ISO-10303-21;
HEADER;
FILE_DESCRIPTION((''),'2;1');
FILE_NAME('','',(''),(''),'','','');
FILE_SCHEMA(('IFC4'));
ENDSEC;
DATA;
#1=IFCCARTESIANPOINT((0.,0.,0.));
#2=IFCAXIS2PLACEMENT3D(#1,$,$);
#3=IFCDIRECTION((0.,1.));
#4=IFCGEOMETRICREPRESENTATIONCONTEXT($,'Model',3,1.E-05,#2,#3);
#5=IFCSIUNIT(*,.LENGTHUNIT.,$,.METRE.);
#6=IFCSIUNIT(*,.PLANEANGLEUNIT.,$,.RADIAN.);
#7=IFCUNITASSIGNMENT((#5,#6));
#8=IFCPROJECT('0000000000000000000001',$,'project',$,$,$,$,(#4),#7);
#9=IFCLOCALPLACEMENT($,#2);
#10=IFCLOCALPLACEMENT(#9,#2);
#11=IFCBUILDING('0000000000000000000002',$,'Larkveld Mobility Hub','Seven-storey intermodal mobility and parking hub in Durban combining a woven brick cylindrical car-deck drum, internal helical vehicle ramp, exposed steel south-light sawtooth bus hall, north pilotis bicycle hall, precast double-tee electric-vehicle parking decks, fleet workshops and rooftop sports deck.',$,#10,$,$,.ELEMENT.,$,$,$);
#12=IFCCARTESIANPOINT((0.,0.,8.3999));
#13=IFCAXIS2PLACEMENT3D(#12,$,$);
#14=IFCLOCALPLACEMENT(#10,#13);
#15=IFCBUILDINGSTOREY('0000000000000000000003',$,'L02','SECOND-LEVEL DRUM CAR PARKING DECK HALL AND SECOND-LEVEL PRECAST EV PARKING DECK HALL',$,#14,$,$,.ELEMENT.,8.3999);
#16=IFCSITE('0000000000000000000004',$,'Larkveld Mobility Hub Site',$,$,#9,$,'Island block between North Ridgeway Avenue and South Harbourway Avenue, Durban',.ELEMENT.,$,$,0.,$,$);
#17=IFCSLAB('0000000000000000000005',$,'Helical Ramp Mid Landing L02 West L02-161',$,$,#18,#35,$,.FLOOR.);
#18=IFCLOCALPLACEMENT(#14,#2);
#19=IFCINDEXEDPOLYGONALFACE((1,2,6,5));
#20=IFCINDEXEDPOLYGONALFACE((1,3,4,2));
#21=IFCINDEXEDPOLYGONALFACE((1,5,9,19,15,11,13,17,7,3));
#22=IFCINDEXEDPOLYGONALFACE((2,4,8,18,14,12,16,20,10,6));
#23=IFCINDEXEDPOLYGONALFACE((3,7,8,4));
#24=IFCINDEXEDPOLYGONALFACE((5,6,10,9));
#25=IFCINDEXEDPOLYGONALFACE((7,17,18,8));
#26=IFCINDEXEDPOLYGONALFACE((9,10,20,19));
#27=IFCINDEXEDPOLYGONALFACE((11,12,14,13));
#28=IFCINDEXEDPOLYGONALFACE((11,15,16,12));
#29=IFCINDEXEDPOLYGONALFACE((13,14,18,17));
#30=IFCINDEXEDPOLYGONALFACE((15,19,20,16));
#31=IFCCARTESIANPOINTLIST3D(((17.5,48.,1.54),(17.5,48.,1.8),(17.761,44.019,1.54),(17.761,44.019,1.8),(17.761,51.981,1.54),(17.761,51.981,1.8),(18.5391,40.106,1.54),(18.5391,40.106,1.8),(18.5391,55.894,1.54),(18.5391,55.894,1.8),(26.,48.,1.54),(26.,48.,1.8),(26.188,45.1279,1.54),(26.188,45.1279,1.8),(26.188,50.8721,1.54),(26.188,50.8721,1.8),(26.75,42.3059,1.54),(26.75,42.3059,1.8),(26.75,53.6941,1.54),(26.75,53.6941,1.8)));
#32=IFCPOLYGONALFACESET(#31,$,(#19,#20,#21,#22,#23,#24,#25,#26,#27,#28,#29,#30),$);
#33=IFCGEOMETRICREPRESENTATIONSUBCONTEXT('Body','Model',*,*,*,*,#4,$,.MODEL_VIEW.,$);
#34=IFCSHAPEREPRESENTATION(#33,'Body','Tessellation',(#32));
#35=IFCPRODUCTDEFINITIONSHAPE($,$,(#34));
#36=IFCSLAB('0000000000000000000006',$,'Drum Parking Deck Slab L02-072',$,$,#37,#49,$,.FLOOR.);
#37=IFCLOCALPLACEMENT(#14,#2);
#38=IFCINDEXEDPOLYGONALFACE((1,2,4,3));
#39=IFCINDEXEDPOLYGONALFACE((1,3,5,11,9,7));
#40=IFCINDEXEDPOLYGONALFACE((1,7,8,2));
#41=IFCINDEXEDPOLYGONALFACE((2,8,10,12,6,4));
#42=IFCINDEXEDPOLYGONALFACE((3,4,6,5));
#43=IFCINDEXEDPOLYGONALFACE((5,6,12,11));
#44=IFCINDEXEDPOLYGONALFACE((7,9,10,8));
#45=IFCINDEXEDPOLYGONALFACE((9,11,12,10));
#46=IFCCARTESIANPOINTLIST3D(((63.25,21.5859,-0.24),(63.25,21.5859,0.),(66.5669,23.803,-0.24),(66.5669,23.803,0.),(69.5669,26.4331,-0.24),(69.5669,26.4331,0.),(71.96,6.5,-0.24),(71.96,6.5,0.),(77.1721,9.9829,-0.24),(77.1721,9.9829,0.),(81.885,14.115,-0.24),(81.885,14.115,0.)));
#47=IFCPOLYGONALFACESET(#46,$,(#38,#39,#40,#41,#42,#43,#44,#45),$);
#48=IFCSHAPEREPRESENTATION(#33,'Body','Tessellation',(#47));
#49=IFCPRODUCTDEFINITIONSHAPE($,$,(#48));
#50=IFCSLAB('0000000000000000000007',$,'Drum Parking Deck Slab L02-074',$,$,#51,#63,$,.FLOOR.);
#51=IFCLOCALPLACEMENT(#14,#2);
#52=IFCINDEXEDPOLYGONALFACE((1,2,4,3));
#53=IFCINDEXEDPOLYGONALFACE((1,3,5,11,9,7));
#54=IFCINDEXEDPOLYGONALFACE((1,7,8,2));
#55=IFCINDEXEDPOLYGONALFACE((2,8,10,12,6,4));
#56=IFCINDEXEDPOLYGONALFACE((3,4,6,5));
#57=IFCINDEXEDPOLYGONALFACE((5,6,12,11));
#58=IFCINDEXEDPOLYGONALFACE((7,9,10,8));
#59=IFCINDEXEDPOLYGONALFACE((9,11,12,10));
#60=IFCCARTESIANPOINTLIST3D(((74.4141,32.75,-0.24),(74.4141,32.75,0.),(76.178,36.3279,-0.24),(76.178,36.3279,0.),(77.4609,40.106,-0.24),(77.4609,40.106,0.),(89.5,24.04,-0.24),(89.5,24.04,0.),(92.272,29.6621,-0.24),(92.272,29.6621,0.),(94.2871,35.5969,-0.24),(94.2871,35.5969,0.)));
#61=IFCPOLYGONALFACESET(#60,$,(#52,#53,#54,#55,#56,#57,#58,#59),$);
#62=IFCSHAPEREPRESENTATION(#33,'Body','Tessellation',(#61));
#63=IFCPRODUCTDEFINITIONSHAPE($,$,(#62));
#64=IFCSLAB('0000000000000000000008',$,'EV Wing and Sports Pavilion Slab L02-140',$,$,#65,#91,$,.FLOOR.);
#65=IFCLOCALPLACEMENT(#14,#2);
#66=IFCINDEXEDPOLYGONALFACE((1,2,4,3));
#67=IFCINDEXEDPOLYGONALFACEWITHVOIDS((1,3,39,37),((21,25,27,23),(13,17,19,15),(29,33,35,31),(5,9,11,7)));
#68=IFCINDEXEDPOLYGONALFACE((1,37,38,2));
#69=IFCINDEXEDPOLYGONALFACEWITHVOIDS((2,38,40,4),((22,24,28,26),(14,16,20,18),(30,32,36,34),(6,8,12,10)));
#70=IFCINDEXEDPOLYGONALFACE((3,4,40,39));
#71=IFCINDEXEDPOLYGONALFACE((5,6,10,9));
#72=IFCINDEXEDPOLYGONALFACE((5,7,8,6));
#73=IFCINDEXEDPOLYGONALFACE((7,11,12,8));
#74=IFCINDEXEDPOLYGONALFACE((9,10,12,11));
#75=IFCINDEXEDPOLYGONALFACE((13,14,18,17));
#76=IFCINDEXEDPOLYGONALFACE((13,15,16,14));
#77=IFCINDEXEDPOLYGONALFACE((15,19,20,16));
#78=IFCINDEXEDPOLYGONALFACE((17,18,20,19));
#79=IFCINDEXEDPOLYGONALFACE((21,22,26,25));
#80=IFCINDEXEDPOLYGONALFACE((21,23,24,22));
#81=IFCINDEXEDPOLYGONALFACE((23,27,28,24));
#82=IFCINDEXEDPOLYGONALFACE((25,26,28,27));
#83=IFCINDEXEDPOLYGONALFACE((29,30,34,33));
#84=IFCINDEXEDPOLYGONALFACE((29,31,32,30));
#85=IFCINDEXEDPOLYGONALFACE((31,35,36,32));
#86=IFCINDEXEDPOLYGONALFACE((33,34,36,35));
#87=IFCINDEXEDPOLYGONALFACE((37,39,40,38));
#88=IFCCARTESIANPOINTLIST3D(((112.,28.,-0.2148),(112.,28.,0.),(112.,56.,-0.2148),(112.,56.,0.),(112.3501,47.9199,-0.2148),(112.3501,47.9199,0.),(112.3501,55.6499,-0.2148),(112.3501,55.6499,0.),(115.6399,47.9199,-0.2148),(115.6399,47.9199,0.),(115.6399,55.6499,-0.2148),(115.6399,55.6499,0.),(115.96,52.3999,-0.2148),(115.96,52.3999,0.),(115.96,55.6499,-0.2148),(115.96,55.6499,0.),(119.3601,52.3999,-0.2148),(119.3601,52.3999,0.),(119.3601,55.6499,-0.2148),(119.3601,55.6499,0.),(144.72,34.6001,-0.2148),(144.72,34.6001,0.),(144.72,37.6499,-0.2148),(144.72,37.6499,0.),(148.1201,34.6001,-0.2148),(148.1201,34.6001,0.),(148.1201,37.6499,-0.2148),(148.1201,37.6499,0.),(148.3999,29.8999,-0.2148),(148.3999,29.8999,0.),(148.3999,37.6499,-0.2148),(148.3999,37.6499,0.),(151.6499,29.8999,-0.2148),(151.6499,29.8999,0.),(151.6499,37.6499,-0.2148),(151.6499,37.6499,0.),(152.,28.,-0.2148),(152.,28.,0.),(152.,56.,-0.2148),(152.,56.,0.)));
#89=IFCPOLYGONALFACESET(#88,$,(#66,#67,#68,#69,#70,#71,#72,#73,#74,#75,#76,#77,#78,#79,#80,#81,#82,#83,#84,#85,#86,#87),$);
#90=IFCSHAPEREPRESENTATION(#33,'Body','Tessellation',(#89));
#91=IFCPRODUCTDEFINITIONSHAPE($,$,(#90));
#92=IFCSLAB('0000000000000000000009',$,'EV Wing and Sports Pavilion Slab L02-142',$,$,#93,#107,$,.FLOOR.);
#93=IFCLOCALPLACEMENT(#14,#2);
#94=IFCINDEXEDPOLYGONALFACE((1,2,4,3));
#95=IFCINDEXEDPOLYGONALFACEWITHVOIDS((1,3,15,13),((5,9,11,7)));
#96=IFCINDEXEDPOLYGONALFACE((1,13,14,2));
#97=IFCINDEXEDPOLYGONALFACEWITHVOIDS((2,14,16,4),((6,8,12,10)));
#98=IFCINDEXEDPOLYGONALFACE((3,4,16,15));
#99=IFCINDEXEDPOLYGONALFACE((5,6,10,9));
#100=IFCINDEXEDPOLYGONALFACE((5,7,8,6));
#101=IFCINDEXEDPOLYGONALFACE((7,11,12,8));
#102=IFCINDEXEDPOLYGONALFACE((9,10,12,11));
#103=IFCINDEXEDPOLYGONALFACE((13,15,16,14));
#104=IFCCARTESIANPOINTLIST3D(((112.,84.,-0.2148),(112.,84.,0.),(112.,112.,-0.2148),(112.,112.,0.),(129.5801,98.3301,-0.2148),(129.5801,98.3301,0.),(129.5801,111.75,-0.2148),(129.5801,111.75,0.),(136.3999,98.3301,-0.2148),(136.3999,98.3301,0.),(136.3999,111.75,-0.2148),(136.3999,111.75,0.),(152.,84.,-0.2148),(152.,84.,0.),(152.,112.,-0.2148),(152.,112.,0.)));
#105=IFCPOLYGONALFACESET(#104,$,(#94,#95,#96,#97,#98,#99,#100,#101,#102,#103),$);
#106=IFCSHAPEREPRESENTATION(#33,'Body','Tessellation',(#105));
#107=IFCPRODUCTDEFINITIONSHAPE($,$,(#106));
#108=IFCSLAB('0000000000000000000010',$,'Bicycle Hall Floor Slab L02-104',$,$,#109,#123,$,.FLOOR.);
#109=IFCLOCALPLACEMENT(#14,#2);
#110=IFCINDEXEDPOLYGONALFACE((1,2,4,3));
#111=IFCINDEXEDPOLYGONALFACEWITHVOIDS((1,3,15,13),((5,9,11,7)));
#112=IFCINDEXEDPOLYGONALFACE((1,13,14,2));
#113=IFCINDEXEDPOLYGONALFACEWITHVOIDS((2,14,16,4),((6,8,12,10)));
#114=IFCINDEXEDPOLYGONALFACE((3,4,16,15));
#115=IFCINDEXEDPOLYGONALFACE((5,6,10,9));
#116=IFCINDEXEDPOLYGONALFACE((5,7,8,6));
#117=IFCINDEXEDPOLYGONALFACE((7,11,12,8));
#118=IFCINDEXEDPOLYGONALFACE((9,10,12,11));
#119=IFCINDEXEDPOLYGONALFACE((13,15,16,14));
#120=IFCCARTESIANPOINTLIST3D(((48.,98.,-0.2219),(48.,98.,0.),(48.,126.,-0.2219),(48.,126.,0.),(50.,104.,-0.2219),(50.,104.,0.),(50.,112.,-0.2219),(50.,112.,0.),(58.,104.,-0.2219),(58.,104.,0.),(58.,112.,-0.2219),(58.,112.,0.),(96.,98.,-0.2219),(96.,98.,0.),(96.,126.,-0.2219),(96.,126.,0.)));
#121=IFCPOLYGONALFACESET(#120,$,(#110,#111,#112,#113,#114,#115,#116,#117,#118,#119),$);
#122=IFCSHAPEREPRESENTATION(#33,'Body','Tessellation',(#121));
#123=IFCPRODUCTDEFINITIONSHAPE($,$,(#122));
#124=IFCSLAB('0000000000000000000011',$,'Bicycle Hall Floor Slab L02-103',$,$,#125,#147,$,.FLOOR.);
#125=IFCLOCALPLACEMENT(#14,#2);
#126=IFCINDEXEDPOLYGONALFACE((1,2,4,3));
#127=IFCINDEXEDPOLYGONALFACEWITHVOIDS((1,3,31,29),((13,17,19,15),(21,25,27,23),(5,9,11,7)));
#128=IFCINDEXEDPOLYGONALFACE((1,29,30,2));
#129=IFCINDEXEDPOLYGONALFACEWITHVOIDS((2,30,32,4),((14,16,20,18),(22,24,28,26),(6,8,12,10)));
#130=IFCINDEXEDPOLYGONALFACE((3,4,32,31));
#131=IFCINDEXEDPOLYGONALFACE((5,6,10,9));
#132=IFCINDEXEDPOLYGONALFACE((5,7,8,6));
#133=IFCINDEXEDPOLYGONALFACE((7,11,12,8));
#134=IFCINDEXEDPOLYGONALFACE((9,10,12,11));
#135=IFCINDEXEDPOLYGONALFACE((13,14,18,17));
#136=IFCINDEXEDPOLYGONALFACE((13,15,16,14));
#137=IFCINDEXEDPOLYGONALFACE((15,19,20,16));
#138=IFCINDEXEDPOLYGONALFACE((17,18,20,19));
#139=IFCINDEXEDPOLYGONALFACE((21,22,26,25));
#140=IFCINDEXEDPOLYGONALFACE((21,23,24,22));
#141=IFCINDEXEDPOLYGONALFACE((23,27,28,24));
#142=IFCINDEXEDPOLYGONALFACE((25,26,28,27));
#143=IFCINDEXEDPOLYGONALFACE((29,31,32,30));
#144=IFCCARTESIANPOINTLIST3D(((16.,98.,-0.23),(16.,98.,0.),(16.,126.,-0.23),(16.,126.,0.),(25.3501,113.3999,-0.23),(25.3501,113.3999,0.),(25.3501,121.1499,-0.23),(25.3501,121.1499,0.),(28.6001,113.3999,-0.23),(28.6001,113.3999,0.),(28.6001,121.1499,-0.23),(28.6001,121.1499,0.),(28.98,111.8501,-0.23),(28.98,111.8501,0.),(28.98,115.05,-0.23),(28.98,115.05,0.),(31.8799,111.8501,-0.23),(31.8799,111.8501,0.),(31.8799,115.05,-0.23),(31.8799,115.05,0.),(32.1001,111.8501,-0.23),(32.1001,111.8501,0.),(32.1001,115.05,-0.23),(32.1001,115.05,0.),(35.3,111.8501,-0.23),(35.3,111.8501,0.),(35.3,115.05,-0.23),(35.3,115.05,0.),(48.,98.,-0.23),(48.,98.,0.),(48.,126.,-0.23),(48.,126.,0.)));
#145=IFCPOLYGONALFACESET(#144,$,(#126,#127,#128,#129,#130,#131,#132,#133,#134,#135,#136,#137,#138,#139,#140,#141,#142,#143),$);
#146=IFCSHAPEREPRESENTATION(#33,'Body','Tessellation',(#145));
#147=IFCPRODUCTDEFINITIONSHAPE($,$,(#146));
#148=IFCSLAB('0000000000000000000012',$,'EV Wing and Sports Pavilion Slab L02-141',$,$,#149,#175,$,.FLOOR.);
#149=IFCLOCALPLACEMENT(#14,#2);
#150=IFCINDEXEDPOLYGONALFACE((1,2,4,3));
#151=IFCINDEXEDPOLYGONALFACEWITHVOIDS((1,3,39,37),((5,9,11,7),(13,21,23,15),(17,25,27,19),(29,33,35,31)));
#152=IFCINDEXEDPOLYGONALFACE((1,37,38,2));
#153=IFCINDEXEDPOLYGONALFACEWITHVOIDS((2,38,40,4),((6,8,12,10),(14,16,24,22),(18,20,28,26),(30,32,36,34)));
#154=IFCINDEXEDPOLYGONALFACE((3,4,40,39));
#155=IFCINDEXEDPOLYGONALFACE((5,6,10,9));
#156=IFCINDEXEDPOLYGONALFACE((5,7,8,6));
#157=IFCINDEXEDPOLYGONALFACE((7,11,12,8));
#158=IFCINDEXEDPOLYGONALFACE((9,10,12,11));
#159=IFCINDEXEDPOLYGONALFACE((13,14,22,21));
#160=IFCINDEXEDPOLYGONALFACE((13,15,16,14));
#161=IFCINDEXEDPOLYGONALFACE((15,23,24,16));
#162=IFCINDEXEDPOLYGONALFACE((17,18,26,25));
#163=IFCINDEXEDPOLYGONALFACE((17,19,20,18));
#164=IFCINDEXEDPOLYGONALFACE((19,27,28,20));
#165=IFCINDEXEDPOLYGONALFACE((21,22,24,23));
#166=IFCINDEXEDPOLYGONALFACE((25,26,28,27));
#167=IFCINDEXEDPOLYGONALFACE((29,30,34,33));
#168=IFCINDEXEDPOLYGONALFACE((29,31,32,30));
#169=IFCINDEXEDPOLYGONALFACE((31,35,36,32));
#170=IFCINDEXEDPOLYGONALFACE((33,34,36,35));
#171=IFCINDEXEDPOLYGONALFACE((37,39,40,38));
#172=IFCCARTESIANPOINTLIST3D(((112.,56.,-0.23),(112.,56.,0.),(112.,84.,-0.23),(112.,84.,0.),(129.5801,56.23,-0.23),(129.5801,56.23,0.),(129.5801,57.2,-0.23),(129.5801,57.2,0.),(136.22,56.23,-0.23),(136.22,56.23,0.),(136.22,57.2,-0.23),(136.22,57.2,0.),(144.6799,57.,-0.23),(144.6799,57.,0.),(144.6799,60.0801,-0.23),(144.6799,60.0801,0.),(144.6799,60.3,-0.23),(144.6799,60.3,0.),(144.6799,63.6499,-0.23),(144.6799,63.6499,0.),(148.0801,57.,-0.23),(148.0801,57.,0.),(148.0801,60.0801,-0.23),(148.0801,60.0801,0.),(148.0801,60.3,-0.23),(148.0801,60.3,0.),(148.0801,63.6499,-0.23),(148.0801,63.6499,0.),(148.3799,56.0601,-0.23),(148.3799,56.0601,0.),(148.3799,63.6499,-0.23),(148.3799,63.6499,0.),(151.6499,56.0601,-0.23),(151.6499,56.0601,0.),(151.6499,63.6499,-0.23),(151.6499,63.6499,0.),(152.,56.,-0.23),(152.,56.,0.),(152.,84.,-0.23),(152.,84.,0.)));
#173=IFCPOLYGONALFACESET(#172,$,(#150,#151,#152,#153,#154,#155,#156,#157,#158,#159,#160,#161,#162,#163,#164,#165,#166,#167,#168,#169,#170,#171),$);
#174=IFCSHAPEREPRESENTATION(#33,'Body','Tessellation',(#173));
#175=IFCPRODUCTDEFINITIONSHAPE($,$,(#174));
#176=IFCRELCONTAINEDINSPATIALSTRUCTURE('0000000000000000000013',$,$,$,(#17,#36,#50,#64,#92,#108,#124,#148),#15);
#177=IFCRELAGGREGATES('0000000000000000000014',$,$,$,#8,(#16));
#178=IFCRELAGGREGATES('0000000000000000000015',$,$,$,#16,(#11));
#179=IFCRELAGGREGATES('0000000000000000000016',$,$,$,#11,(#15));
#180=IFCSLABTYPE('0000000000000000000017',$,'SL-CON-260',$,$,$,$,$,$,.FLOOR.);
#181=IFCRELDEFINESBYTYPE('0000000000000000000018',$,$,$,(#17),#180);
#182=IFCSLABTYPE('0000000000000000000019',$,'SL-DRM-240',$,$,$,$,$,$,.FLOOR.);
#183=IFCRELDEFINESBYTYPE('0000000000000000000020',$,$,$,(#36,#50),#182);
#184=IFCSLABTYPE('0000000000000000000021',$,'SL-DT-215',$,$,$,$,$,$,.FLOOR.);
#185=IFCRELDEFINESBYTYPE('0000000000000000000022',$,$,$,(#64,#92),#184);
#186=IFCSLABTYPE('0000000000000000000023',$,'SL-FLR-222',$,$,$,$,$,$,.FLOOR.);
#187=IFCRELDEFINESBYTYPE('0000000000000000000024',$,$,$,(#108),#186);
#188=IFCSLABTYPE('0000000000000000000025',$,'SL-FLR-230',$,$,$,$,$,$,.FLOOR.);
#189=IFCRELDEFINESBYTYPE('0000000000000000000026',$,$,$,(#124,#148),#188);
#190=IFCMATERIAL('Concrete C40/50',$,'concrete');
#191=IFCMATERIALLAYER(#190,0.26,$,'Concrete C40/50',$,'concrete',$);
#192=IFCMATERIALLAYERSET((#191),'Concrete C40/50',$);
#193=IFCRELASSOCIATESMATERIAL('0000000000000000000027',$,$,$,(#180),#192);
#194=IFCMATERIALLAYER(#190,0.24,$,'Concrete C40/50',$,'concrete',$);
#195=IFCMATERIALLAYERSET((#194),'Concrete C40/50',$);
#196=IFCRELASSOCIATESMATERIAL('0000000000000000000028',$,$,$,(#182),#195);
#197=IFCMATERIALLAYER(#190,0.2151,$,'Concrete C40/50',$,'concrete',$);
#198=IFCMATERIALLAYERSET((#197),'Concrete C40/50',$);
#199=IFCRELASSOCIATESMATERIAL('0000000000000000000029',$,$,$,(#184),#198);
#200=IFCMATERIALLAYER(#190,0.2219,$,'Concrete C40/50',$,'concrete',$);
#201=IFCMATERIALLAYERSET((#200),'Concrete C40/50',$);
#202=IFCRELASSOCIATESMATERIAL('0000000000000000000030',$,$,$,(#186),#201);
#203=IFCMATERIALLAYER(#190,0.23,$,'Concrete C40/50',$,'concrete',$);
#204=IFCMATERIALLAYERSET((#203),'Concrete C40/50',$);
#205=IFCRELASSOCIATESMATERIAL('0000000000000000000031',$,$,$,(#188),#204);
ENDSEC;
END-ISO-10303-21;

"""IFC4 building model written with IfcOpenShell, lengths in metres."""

from ifc_helpers import new_model, si_unit, direction, frame, origin, place, context, subcontext, project, spatial, polyline, outline, extrude, material, layer, layer_set, type_object, element, save


model = new_model("IFC4")

# Units and contexts
model_context = context("Model", 3, precision=1e-05, world=origin(), true_north=direction((0.0, 1.0)))
body_context = subcontext(model_context, "Body", "Model", "MODEL_VIEW")
ifc_project = project(units=[si_unit("LENGTHUNIT", "METRE"), si_unit("PLANEANGLEUNIT", "RADIAN")], contexts=[model_context])

# Site, building, storey
site_placement = place(None, origin())
site = spatial("IfcSite", under=ifc_project, at=site_placement, Name="Larkveld Mobility Hub Site", LongName="Island block between North Ridgeway Avenue and South Harbourway Avenue, Durban", CompositionType="ELEMENT", RefElevation=0.0)
building_placement = place(site_placement, origin())
building = spatial("IfcBuilding", under=site, at=building_placement, Name="Larkveld Mobility Hub", Description="Seven-storey intermodal mobility and parking hub in Durban combining a woven brick cylindrical car-deck drum, internal helical vehicle ramp, exposed steel south-light sawtooth bus hall, north pilotis bicycle hall, precast double-tee electric-vehicle parking decks, fleet workshops and rooftop sports deck.", CompositionType="ELEMENT")
storey_placement = place(building_placement, frame((0.0, 0.0, 8.3999)))
storey = spatial("IfcBuildingStorey", under=building, at=storey_placement, Name="L02", Description="SECOND-LEVEL DRUM CAR PARKING DECK HALL AND SECOND-LEVEL PRECAST EV PARKING DECK HALL", CompositionType="ELEMENT", Elevation=8.3999)

# Slabs
ifc_material_1 = material(Name="Concrete C40/50", Category="concrete")
ifc_layer_1 = layer(ifc_material_1, 0.26, Name="Concrete C40/50", Category="concrete")
ifc_layer_set_1 = layer_set([ifc_layer_1], Name="Concrete C40/50")
slab_type_1 = type_object("IfcSlabType", Name="SL-CON-260", PredefinedType="FLOOR", material=ifc_layer_set_1)
slab_1_placement = place(storey_placement, frame((0.0, 0.0, 1.54)))
element("IfcSlab", 1, at=slab_1_placement, inside=storey, type_object=slab_type_1, Name="Helical Ramp Mid Landing L02 West L02-161", PredefinedType="FLOOR", context=body_context, shape_type="SweptSolid", body=[
    extrude(outline(polyline([(18.5391, 55.894), (17.761, 51.981), (17.5, 48.0), (17.761, 44.019), (18.5391, 40.106), (26.75, 42.3059), (26.188, 45.1279), (26.0, 48.0), (26.188, 50.8721), (26.75, 53.6941), (18.5391, 55.894)])), origin(), (0.0, 0.0, 1.0), 0.26),
])
ifc_layer_2 = layer(ifc_material_1, 0.24, Name="Concrete C40/50", Category="concrete")
ifc_layer_set_2 = layer_set([ifc_layer_2], Name="Concrete C40/50")
slab_type_2 = type_object("IfcSlabType", Name="SL-DRM-240", PredefinedType="FLOOR", material=ifc_layer_set_2)
slab_2_placement = place(storey_placement, frame((0.0, 0.0, -0.24)))
element("IfcSlab", 2, at=slab_2_placement, inside=storey, type_object=slab_type_2, Name="Drum Parking Deck Slab L02-072", PredefinedType="FLOOR", context=body_context, shape_type="SweptSolid", body=[
    extrude(outline(polyline([(71.96, 6.5), (77.1721, 9.9829), (81.885, 14.115), (69.5669, 26.4331), (66.5669, 23.803), (63.25, 21.5859), (71.96, 6.5)])), origin(), (0.0, 0.0, 1.0), 0.24),
])
slab_3_placement = place(storey_placement, frame((0.0, 0.0, -0.24)))
element("IfcSlab", 3, at=slab_3_placement, inside=storey, type_object=slab_type_2, Name="Drum Parking Deck Slab L02-074", PredefinedType="FLOOR", context=body_context, shape_type="SweptSolid", body=[
    extrude(outline(polyline([(89.5, 24.04), (92.272, 29.6621), (94.2871, 35.5969), (77.4609, 40.106), (76.178, 36.3279), (74.4141, 32.75), (89.5, 24.04)])), origin(), (0.0, 0.0, 1.0), 0.24),
])
ifc_layer_3 = layer(ifc_material_1, 0.2151, Name="Concrete C40/50", Category="concrete")
ifc_layer_set_3 = layer_set([ifc_layer_3], Name="Concrete C40/50")
slab_type_3 = type_object("IfcSlabType", Name="SL-DT-215", PredefinedType="FLOOR", material=ifc_layer_set_3)
slab_4_placement = place(storey_placement, frame((0.0, 0.0, -0.2148)))
element("IfcSlab", 4, at=slab_4_placement, inside=storey, type_object=slab_type_3, Name="EV Wing and Sports Pavilion Slab L02-140", PredefinedType="FLOOR", context=body_context, shape_type="SweptSolid", body=[
    extrude(outline(polyline([(112.0, 28.0), (152.0, 28.0), (152.0, 56.0), (112.0, 56.0), (112.0, 28.0)]), holes=[polyline([(148.3999, 29.8999), (148.3999, 37.6499), (151.6499, 37.6499), (151.6499, 29.8999), (148.3999, 29.8999)]), polyline([(144.72, 34.6001), (144.72, 37.6499), (148.1201, 37.6499), (148.1201, 34.6001), (144.72, 34.6001)]), polyline([(112.3501, 47.9199), (112.3501, 55.6499), (115.6399, 55.6499), (115.6399, 47.9199), (112.3501, 47.9199)]), polyline([(115.96, 52.3999), (115.96, 55.6499), (119.3601, 55.6499), (119.3601, 52.3999), (115.96, 52.3999)])]), origin(), (0.0, 0.0, 1.0), 0.2148),
])
slab_5_placement = place(storey_placement, frame((0.0, 0.0, -0.2148)))
element("IfcSlab", 5, at=slab_5_placement, inside=storey, type_object=slab_type_3, Name="EV Wing and Sports Pavilion Slab L02-142", PredefinedType="FLOOR", context=body_context, shape_type="SweptSolid", body=[
    extrude(outline(polyline([(112.0, 84.0), (152.0, 84.0), (152.0, 112.0), (112.0, 112.0), (112.0, 84.0)]), holes=[polyline([(129.5801, 98.3301), (129.5801, 111.75), (136.3999, 111.75), (136.3999, 98.3301), (129.5801, 98.3301)])]), origin(), (0.0, 0.0, 1.0), 0.2148),
])
ifc_layer_4 = layer(ifc_material_1, 0.2219, Name="Concrete C40/50", Category="concrete")
ifc_layer_set_4 = layer_set([ifc_layer_4], Name="Concrete C40/50")
slab_type_4 = type_object("IfcSlabType", Name="SL-FLR-222", PredefinedType="FLOOR", material=ifc_layer_set_4)
slab_6_placement = place(storey_placement, frame((0.0, 0.0, -0.2219)))
element("IfcSlab", 6, at=slab_6_placement, inside=storey, type_object=slab_type_4, Name="Bicycle Hall Floor Slab L02-104", PredefinedType="FLOOR", context=body_context, shape_type="SweptSolid", body=[
    extrude(outline(polyline([(48.0, 98.0), (96.0, 98.0), (96.0, 126.0), (48.0, 126.0), (48.0, 98.0)]), holes=[polyline([(50.0, 104.0), (50.0, 112.0), (58.0, 112.0), (58.0, 104.0), (50.0, 104.0)])]), origin(), (0.0, 0.0, 1.0), 0.2219),
])
ifc_layer_5 = layer(ifc_material_1, 0.23, Name="Concrete C40/50", Category="concrete")
ifc_layer_set_5 = layer_set([ifc_layer_5], Name="Concrete C40/50")
slab_type_5 = type_object("IfcSlabType", Name="SL-FLR-230", PredefinedType="FLOOR", material=ifc_layer_set_5)
slab_7_placement = place(storey_placement, frame((0.0, 0.0, -0.23)))
element("IfcSlab", 7, at=slab_7_placement, inside=storey, type_object=slab_type_5, Name="Bicycle Hall Floor Slab L02-103", PredefinedType="FLOOR", context=body_context, shape_type="SweptSolid", body=[
    extrude(outline(polyline([(16.0, 98.0), (48.0, 98.0), (48.0, 126.0), (16.0, 126.0), (16.0, 98.0)]), holes=[polyline([(25.3501, 113.3999), (25.3501, 121.1499), (28.6001, 121.1499), (28.6001, 113.3999), (25.3501, 113.3999)]), polyline([(28.98, 111.8501), (28.98, 115.05), (31.8799, 115.05), (31.8799, 111.8501), (28.98, 111.8501)]), polyline([(32.1001, 111.8501), (32.1001, 115.05), (35.3, 115.05), (35.3, 111.8501), (32.1001, 111.8501)])]), origin(), (0.0, 0.0, 1.0), 0.23),
])
slab_8_placement = place(storey_placement, frame((0.0, 0.0, -0.23)))
element("IfcSlab", 8, at=slab_8_placement, inside=storey, type_object=slab_type_5, Name="EV Wing and Sports Pavilion Slab L02-141", PredefinedType="FLOOR", context=body_context, shape_type="SweptSolid", body=[
    extrude(outline(polyline([(112.0, 56.0), (152.0, 56.0), (152.0, 84.0), (112.0, 84.0), (112.0, 56.0)]), holes=[polyline([(148.3799, 56.0601), (148.3799, 63.6499), (151.6499, 63.6499), (151.6499, 56.0601), (148.3799, 56.0601)]), polyline([(144.6799, 60.3), (144.6799, 63.6499), (148.0801, 63.6499), (148.0801, 60.3), (144.6799, 60.3)]), polyline([(144.6799, 57.0), (144.6799, 60.0801), (148.0801, 60.0801), (148.0801, 57.0), (144.6799, 57.0)]), polyline([(129.5801, 56.23), (129.5801, 57.2), (136.22, 57.2), (136.22, 56.23), (129.5801, 56.23)])]), origin(), (0.0, 0.0, 1.0), 0.23),
])

save(model, "model.ifc")
